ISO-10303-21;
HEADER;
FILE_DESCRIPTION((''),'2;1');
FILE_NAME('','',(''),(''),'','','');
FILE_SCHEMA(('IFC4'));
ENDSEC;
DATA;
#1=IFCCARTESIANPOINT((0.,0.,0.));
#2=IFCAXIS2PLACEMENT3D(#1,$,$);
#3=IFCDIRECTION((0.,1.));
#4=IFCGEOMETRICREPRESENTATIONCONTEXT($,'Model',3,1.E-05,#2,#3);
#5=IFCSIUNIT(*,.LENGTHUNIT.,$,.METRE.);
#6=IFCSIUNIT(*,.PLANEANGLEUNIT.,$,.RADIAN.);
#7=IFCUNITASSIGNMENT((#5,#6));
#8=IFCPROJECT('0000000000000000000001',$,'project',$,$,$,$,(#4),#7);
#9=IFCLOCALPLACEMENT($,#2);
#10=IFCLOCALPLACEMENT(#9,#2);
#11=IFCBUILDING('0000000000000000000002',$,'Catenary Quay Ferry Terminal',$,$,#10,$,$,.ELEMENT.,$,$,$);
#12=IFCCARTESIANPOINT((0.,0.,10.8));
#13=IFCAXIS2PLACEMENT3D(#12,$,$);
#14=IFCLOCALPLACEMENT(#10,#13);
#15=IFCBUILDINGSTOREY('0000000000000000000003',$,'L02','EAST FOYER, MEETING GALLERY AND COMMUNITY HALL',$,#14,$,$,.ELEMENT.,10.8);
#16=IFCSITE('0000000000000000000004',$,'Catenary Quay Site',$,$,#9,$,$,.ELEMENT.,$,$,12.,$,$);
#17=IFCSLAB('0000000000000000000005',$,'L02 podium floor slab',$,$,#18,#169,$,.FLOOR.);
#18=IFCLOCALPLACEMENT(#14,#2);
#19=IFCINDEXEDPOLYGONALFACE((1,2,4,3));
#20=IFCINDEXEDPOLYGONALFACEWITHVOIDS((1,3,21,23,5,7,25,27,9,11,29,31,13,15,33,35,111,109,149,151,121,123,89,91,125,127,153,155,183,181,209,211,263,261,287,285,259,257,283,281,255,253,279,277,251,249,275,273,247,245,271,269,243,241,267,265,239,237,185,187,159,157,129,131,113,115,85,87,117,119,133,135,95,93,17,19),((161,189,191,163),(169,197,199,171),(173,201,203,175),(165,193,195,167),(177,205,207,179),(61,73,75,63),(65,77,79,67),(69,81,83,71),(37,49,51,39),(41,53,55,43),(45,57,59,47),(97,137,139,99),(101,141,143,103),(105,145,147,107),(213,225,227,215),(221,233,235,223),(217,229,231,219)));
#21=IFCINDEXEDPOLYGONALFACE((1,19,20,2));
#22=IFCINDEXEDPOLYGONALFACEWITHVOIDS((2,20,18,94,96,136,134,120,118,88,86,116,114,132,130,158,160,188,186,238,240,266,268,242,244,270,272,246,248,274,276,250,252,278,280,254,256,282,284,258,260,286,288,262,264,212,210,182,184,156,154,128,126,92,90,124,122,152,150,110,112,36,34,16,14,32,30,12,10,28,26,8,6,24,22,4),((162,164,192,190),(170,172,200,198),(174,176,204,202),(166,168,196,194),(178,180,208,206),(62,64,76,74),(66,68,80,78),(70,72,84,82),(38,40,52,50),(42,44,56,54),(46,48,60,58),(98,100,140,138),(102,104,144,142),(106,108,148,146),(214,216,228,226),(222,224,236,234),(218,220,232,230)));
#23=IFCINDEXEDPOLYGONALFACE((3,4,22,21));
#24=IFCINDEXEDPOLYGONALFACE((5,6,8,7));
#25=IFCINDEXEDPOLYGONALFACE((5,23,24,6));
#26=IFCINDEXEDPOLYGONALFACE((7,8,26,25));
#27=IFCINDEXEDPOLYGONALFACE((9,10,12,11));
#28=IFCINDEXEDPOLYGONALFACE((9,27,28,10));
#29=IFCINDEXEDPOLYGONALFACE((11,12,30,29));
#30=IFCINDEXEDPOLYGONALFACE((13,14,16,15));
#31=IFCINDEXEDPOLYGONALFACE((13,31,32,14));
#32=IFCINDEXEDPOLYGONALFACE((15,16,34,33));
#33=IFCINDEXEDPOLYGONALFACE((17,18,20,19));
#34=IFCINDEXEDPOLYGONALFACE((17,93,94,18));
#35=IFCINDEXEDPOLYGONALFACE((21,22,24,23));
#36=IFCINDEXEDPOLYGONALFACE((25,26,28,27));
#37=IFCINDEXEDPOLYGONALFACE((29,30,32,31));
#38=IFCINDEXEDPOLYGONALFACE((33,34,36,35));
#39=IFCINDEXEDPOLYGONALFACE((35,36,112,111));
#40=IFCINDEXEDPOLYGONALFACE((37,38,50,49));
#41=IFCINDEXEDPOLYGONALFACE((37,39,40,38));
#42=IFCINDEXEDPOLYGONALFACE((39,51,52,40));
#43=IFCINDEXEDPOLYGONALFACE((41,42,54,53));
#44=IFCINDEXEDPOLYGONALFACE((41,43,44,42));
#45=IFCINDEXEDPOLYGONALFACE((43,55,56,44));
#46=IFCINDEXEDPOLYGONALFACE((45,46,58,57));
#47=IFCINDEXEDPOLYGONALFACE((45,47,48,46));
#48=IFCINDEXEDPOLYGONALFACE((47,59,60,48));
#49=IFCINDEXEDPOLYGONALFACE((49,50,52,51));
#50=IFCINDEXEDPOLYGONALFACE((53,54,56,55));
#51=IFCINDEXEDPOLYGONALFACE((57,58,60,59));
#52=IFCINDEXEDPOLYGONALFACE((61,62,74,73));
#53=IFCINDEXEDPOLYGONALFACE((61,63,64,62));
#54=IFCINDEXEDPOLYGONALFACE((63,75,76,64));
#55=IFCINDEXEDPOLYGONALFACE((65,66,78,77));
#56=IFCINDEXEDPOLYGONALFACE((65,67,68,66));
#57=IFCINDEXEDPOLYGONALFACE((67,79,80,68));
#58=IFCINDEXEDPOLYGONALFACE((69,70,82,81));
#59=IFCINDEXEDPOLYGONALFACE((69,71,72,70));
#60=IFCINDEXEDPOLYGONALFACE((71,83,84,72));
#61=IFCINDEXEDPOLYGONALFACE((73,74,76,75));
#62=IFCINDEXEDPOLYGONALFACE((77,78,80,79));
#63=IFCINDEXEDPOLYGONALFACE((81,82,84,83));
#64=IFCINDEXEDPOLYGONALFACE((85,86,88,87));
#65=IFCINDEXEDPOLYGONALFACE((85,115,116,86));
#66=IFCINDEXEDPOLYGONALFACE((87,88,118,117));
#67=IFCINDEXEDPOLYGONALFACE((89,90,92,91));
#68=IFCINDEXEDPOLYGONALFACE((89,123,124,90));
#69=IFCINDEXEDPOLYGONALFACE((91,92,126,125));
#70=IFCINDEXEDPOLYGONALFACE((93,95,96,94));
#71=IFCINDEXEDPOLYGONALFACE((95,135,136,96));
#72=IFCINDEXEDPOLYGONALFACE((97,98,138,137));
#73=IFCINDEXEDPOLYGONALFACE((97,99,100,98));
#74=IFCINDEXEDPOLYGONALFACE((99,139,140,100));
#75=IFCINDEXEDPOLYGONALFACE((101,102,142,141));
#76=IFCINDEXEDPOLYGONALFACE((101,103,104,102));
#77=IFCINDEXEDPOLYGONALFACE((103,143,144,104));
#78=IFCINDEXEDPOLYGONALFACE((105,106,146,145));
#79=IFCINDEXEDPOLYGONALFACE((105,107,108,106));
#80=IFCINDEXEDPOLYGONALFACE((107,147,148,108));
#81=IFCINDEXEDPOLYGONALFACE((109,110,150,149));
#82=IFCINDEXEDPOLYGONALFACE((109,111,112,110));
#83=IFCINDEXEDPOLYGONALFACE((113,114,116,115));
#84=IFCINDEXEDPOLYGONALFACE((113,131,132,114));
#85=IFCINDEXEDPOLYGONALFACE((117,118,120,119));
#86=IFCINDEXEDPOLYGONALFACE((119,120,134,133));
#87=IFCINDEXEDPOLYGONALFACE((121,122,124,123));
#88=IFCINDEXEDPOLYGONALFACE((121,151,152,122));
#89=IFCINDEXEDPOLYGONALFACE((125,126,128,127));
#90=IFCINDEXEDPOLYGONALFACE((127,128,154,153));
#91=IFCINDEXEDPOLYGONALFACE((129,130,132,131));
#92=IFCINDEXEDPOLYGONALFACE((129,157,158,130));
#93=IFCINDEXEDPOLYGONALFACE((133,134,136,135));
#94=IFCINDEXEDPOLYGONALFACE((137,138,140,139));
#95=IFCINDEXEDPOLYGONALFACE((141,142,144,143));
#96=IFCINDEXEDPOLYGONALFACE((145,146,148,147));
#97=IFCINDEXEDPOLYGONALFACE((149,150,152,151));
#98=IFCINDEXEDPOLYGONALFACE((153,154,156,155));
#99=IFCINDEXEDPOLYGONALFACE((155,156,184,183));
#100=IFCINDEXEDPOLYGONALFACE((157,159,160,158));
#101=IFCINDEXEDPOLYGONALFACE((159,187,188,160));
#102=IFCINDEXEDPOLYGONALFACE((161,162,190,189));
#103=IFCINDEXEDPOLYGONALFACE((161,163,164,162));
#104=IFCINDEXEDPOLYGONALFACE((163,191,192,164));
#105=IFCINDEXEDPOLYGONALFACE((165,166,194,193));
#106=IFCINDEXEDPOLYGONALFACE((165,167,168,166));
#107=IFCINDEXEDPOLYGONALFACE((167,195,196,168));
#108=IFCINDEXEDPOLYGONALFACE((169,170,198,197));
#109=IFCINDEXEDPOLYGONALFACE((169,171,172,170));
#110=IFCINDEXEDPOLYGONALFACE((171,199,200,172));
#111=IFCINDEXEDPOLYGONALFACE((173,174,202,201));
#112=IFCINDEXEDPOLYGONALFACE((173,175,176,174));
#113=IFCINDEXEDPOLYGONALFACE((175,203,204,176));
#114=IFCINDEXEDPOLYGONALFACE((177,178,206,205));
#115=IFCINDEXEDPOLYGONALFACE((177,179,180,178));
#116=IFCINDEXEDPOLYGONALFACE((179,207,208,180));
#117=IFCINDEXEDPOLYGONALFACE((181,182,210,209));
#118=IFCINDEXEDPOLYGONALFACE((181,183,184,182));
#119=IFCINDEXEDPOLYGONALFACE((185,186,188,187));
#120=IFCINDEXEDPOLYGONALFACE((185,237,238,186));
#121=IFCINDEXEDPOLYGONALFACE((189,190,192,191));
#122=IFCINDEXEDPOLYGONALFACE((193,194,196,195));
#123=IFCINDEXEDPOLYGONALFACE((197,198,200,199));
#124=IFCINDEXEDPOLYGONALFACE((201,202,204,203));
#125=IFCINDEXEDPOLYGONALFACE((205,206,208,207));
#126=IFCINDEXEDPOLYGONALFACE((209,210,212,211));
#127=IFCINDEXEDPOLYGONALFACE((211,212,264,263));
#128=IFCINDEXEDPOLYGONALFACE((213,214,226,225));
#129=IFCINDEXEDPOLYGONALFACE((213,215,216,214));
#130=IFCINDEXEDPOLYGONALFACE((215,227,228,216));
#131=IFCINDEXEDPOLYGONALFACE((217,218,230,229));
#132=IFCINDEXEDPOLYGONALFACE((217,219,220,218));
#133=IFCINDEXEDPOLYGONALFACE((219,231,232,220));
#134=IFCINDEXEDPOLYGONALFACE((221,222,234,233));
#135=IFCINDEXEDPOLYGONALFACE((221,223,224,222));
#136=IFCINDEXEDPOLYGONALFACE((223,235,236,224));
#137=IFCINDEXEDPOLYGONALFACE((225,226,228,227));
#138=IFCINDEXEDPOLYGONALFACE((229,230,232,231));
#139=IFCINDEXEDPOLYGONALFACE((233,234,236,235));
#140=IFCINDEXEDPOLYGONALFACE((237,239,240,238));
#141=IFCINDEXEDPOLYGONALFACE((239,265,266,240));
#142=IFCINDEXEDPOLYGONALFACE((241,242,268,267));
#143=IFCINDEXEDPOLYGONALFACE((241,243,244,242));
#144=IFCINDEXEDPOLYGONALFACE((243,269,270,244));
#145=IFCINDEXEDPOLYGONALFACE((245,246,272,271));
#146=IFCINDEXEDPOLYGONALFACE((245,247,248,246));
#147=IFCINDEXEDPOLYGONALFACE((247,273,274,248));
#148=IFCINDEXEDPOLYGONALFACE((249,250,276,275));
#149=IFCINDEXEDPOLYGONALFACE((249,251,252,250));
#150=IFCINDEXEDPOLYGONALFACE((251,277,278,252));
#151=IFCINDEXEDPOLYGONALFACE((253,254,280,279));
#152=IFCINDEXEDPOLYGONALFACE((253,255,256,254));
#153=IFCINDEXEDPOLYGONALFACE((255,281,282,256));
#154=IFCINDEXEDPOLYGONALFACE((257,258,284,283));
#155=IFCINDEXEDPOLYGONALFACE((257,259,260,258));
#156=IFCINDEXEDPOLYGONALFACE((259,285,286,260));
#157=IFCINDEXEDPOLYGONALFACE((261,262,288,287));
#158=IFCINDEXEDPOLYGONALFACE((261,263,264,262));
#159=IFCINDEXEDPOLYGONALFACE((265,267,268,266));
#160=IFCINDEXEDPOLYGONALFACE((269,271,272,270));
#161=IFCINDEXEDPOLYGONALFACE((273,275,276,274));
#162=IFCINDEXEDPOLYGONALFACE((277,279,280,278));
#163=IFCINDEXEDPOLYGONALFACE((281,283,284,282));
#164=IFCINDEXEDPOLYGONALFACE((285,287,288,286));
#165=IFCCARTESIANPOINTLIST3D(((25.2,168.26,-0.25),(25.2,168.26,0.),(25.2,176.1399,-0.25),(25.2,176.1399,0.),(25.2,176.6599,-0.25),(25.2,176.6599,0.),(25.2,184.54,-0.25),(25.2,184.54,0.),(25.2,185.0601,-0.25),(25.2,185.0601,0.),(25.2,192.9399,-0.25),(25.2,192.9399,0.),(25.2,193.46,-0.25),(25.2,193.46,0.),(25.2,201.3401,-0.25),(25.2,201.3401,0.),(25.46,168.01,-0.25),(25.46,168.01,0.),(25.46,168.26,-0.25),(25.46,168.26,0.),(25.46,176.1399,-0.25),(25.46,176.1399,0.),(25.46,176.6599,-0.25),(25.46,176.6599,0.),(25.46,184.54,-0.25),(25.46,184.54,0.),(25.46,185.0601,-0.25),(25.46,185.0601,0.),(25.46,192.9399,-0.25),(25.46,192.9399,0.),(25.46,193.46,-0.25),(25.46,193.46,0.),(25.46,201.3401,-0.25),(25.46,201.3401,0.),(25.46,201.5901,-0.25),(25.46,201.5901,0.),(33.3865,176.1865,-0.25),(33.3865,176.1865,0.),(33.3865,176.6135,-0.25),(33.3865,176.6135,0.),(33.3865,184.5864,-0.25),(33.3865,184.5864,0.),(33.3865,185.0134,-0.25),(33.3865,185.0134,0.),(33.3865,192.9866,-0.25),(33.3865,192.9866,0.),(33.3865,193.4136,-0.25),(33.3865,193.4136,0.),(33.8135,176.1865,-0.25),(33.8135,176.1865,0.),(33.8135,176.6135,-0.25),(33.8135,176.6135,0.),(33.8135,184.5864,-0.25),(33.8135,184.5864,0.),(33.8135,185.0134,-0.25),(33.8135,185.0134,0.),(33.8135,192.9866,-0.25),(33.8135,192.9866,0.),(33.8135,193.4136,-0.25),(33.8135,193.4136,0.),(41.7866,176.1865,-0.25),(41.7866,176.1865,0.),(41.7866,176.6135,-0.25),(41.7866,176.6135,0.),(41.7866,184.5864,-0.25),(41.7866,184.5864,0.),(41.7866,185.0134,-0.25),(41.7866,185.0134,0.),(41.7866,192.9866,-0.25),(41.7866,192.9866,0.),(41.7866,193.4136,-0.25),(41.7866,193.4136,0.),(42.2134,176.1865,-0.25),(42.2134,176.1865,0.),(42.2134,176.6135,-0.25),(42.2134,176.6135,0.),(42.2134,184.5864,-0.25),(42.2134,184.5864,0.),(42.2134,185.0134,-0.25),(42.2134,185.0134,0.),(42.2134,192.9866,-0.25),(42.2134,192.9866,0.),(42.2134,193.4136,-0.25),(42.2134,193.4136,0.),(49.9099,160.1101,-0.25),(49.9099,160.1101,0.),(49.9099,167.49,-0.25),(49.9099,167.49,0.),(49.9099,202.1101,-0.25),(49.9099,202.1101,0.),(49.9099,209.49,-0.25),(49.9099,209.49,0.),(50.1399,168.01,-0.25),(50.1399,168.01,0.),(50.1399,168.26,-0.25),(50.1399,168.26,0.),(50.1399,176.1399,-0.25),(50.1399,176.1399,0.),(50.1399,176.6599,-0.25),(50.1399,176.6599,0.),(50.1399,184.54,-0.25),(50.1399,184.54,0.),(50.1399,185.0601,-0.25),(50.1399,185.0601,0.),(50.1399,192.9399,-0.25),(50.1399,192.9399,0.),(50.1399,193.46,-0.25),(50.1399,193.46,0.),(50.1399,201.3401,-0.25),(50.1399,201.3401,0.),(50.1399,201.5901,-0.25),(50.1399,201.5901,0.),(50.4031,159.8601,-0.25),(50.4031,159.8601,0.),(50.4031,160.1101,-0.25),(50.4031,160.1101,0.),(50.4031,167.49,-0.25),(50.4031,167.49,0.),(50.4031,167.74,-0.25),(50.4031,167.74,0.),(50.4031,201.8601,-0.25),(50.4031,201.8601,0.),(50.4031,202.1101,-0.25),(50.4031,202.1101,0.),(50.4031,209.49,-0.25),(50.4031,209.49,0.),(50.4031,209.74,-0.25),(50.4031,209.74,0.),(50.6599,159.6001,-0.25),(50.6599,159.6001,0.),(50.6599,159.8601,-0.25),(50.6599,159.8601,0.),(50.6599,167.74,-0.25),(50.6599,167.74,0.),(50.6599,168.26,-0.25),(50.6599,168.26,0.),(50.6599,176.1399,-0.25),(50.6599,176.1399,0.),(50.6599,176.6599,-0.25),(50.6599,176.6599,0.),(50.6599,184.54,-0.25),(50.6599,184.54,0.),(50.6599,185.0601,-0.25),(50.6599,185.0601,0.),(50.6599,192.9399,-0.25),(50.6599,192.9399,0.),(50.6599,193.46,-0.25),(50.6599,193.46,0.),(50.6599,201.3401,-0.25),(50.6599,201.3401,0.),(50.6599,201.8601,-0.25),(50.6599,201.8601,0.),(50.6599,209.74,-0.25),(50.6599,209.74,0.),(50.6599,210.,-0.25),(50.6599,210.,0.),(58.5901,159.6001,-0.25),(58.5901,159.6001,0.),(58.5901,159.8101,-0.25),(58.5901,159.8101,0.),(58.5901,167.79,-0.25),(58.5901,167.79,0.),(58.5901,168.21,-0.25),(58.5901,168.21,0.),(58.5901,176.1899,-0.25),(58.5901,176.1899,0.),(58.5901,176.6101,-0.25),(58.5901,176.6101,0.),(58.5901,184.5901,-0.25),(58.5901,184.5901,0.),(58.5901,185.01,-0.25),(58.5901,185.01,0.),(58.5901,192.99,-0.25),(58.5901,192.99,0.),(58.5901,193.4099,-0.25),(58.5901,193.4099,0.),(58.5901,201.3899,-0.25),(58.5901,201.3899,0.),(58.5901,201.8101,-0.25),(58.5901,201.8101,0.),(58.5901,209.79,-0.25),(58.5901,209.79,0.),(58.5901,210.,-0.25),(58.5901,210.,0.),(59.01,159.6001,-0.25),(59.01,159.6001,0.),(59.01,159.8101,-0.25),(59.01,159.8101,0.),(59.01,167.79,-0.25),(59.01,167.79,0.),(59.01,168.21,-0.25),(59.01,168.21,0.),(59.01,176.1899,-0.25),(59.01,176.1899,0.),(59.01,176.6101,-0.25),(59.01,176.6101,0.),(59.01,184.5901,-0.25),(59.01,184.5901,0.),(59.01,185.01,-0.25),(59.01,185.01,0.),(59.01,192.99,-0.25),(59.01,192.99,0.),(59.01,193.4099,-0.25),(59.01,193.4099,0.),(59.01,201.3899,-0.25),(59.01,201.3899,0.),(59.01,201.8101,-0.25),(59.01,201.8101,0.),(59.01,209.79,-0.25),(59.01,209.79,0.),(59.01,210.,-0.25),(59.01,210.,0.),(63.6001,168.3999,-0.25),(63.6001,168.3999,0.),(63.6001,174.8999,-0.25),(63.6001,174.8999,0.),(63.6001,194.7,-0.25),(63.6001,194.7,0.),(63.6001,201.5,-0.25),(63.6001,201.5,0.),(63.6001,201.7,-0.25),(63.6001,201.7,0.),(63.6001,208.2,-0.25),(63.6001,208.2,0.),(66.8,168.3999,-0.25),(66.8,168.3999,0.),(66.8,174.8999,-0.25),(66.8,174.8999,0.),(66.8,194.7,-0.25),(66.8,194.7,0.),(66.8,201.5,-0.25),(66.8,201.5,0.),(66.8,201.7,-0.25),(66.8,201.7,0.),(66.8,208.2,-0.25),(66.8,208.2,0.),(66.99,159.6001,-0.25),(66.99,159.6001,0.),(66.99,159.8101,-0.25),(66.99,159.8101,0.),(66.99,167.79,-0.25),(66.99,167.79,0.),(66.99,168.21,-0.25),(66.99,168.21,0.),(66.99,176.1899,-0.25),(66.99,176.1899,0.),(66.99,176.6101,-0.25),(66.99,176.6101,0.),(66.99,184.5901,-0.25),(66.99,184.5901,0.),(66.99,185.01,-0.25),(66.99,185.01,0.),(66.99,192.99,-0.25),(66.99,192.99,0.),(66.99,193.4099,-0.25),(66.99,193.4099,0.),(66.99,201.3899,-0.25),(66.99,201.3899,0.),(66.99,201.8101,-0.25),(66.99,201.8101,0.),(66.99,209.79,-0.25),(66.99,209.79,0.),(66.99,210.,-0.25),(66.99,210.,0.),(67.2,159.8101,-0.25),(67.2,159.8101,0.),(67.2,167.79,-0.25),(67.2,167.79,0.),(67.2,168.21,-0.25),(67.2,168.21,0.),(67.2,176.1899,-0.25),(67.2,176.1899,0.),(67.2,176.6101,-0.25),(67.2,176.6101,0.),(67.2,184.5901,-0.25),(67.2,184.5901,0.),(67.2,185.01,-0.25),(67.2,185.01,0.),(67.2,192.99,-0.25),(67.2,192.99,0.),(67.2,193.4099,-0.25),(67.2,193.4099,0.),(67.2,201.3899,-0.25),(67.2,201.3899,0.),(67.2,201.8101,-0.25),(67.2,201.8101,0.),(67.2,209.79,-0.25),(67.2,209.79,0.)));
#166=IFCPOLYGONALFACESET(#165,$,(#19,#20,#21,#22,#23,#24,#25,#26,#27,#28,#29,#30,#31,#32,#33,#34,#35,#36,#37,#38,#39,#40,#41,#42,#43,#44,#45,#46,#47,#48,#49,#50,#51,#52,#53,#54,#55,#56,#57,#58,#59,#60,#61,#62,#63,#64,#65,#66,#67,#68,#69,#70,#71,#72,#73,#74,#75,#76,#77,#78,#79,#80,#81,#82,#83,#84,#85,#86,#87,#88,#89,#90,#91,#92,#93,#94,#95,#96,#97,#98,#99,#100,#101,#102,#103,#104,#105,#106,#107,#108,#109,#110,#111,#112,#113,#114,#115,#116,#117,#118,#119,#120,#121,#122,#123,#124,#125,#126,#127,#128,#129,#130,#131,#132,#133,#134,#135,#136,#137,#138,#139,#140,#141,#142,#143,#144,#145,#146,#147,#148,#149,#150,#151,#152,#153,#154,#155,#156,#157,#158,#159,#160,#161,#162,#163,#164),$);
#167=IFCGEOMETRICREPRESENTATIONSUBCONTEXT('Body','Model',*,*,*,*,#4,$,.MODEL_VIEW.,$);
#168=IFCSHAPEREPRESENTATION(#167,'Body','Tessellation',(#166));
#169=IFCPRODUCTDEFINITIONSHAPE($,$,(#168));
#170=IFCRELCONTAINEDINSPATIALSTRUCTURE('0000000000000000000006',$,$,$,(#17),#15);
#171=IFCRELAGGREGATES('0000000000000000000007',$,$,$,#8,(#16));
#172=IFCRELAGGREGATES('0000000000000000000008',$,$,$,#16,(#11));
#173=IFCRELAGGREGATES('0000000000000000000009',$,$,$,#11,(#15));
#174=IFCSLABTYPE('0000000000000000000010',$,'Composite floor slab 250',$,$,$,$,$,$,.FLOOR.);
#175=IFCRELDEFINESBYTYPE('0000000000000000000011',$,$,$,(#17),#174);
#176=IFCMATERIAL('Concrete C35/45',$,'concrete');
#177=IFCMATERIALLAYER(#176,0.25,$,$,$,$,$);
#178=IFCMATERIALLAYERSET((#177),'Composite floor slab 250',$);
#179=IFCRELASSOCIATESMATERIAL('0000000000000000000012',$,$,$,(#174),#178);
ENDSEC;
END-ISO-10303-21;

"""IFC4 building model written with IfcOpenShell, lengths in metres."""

from ifc_helpers import new_model, si_unit, direction, frame, origin, place, context, subcontext, project, spatial, polyline, outline, extrude, material, layer, layer_set, type_object, element, save


model = new_model("IFC4")

# Units and contexts
model_context = context("Model", 3, precision=1e-05, world=origin(), true_north=direction((0.0, 1.0)))
body_context = subcontext(model_context, "Body", "Model", "MODEL_VIEW")
ifc_project = project(units=[si_unit("LENGTHUNIT", "METRE"), si_unit("PLANEANGLEUNIT", "RADIAN")], contexts=[model_context])

# Site, building, storey
site_placement = place(None, origin())
site = spatial("IfcSite", under=ifc_project, at=site_placement, Name="Catenary Quay Site", CompositionType="ELEMENT", RefElevation=12.0)
building_placement = place(site_placement, origin())
building = spatial("IfcBuilding", under=site, at=building_placement, Name="Catenary Quay Ferry Terminal", CompositionType="ELEMENT")
storey_placement = place(building_placement, frame((0.0, 0.0, 10.8)))
storey = spatial("IfcBuildingStorey", under=building, at=storey_placement, Name="L02", Description="EAST FOYER, MEETING GALLERY AND COMMUNITY HALL", CompositionType="ELEMENT", Elevation=10.8)

# Slab
ifc_material_1 = material(Name="Concrete C35/45", Category="concrete")
ifc_layer_1 = layer(ifc_material_1, 0.25)
ifc_layer_set_1 = layer_set([ifc_layer_1], Name="Composite floor slab 250")
slab_type_1 = type_object("IfcSlabType", Name="Composite floor slab 250", PredefinedType="FLOOR", material=ifc_layer_set_1)
slab_1_placement = place(storey_placement, frame((0.0, 0.0, -0.25)))
element("IfcSlab", 1, at=slab_1_placement, inside=storey, type_object=slab_type_1, Name="L02 podium floor slab", PredefinedType="FLOOR", context=body_context, shape_type="SweptSolid", body=[
    extrude(outline(polyline([(67.2, 159.8101), (66.99, 159.8101), (66.99, 159.6001), (59.01, 159.6001), (59.01, 159.8101), (58.5901, 159.8101), (58.5901, 159.6001), (50.6599, 159.6001), (50.6599, 159.8601), (50.4031, 159.8601), (50.4031, 160.1101), (49.9099, 160.1101), (49.9099, 167.49), (50.4031, 167.49), (50.4031, 167.74), (50.6599, 167.74), (50.6599, 168.26), (50.1399, 168.26), (50.1399, 168.01), (25.46, 168.01), (25.46, 168.26), (25.2, 168.26), (25.2, 176.1399), (25.46, 176.1399), (25.46, 176.6599), (25.2, 176.6599), (25.2, 184.54), (25.46, 184.54), (25.46, 185.0601), (25.2, 185.0601), (25.2, 192.9399), (25.46, 192.9399), (25.46, 193.46), (25.2, 193.46), (25.2, 201.3401), (25.46, 201.3401), (25.46, 201.5901), (50.1399, 201.5901), (50.1399, 201.3401), (50.6599, 201.3401), (50.6599, 201.8601), (50.4031, 201.8601), (50.4031, 202.1101), (49.9099, 202.1101), (49.9099, 209.49), (50.4031, 209.49), (50.4031, 209.74), (50.6599, 209.74), (50.6599, 210.0), (58.5901, 210.0), (58.5901, 209.79), (59.01, 209.79), (59.01, 210.0), (66.99, 210.0), (66.99, 209.79), (67.2, 209.79), (67.2, 201.8101), (66.99, 201.8101), (66.99, 201.3899), (67.2, 201.3899), (67.2, 193.4099), (66.99, 193.4099), (66.99, 192.99), (67.2, 192.99), (67.2, 185.01), (66.99, 185.01), (66.99, 184.5901), (67.2, 184.5901), (67.2, 176.6101), (66.99, 176.6101), (66.99, 176.1899), (67.2, 176.1899), (67.2, 168.21), (66.99, 168.21), (66.99, 167.79), (67.2, 167.79), (67.2, 159.8101)]), holes=[polyline([(33.3865, 176.1865), (33.8135, 176.1865), (33.8135, 176.6135), (33.3865, 176.6135), (33.3865, 176.1865)]), polyline([(33.3865, 184.5864), (33.8135, 184.5864), (33.8135, 185.0134), (33.3865, 185.0134), (33.3865, 184.5864)]), polyline([(33.3865, 192.9866), (33.8135, 192.9866), (33.8135, 193.4136), (33.3865, 193.4136), (33.3865, 192.9866)]), polyline([(41.7866, 176.1865), (42.2134, 176.1865), (42.2134, 176.6135), (41.7866, 176.6135), (41.7866, 176.1865)]), polyline([(50.1399, 176.1399), (50.6599, 176.1399), (50.6599, 176.6599), (50.1399, 176.6599), (50.1399, 176.1399)]), polyline([(41.7866, 184.5864), (42.2134, 184.5864), (42.2134, 185.0134), (41.7866, 185.0134), (41.7866, 184.5864)]), polyline([(50.6599, 184.54), (50.6599, 185.0601), (50.1399, 185.0601), (50.1399, 184.54), (50.6599, 184.54)]), polyline([(41.7866, 192.9866), (42.2134, 192.9866), (42.2134, 193.4136), (41.7866, 193.4136), (41.7866, 192.9866)]), polyline([(50.1399, 192.9399), (50.6599, 192.9399), (50.6599, 193.46), (50.1399, 193.46), (50.1399, 192.9399)]), polyline([(58.5901, 167.79), (59.01, 167.79), (59.01, 168.21), (58.5901, 168.21), (58.5901, 167.79)]), polyline([(63.6001, 168.3999), (66.8, 168.3999), (66.8, 174.8999), (63.6001, 174.8999), (63.6001, 168.3999)]), polyline([(58.5901, 176.1899), (59.01, 176.1899), (59.01, 176.6101), (58.5901, 176.6101), (58.5901, 176.1899)]), polyline([(58.5901, 184.5901), (59.01, 184.5901), (59.01, 185.01), (58.5901, 185.01), (58.5901, 184.5901)]), polyline([(58.5901, 192.99), (59.01, 192.99), (59.01, 193.4099), (58.5901, 193.4099), (58.5901, 192.99)]), polyline([(63.6001, 194.7), (66.8, 194.7), (66.8, 201.5), (63.6001, 201.5), (63.6001, 194.7)]), polyline([(58.5901, 201.3899), (59.01, 201.3899), (59.01, 201.8101), (58.5901, 201.8101), (58.5901, 201.3899)]), polyline([(63.6001, 201.7), (66.8, 201.7), (66.8, 208.2), (63.6001, 208.2), (63.6001, 201.7)])]), origin(), (0.0, 0.0, 1.0), 0.25),
])

save(model, "model.ifc")
